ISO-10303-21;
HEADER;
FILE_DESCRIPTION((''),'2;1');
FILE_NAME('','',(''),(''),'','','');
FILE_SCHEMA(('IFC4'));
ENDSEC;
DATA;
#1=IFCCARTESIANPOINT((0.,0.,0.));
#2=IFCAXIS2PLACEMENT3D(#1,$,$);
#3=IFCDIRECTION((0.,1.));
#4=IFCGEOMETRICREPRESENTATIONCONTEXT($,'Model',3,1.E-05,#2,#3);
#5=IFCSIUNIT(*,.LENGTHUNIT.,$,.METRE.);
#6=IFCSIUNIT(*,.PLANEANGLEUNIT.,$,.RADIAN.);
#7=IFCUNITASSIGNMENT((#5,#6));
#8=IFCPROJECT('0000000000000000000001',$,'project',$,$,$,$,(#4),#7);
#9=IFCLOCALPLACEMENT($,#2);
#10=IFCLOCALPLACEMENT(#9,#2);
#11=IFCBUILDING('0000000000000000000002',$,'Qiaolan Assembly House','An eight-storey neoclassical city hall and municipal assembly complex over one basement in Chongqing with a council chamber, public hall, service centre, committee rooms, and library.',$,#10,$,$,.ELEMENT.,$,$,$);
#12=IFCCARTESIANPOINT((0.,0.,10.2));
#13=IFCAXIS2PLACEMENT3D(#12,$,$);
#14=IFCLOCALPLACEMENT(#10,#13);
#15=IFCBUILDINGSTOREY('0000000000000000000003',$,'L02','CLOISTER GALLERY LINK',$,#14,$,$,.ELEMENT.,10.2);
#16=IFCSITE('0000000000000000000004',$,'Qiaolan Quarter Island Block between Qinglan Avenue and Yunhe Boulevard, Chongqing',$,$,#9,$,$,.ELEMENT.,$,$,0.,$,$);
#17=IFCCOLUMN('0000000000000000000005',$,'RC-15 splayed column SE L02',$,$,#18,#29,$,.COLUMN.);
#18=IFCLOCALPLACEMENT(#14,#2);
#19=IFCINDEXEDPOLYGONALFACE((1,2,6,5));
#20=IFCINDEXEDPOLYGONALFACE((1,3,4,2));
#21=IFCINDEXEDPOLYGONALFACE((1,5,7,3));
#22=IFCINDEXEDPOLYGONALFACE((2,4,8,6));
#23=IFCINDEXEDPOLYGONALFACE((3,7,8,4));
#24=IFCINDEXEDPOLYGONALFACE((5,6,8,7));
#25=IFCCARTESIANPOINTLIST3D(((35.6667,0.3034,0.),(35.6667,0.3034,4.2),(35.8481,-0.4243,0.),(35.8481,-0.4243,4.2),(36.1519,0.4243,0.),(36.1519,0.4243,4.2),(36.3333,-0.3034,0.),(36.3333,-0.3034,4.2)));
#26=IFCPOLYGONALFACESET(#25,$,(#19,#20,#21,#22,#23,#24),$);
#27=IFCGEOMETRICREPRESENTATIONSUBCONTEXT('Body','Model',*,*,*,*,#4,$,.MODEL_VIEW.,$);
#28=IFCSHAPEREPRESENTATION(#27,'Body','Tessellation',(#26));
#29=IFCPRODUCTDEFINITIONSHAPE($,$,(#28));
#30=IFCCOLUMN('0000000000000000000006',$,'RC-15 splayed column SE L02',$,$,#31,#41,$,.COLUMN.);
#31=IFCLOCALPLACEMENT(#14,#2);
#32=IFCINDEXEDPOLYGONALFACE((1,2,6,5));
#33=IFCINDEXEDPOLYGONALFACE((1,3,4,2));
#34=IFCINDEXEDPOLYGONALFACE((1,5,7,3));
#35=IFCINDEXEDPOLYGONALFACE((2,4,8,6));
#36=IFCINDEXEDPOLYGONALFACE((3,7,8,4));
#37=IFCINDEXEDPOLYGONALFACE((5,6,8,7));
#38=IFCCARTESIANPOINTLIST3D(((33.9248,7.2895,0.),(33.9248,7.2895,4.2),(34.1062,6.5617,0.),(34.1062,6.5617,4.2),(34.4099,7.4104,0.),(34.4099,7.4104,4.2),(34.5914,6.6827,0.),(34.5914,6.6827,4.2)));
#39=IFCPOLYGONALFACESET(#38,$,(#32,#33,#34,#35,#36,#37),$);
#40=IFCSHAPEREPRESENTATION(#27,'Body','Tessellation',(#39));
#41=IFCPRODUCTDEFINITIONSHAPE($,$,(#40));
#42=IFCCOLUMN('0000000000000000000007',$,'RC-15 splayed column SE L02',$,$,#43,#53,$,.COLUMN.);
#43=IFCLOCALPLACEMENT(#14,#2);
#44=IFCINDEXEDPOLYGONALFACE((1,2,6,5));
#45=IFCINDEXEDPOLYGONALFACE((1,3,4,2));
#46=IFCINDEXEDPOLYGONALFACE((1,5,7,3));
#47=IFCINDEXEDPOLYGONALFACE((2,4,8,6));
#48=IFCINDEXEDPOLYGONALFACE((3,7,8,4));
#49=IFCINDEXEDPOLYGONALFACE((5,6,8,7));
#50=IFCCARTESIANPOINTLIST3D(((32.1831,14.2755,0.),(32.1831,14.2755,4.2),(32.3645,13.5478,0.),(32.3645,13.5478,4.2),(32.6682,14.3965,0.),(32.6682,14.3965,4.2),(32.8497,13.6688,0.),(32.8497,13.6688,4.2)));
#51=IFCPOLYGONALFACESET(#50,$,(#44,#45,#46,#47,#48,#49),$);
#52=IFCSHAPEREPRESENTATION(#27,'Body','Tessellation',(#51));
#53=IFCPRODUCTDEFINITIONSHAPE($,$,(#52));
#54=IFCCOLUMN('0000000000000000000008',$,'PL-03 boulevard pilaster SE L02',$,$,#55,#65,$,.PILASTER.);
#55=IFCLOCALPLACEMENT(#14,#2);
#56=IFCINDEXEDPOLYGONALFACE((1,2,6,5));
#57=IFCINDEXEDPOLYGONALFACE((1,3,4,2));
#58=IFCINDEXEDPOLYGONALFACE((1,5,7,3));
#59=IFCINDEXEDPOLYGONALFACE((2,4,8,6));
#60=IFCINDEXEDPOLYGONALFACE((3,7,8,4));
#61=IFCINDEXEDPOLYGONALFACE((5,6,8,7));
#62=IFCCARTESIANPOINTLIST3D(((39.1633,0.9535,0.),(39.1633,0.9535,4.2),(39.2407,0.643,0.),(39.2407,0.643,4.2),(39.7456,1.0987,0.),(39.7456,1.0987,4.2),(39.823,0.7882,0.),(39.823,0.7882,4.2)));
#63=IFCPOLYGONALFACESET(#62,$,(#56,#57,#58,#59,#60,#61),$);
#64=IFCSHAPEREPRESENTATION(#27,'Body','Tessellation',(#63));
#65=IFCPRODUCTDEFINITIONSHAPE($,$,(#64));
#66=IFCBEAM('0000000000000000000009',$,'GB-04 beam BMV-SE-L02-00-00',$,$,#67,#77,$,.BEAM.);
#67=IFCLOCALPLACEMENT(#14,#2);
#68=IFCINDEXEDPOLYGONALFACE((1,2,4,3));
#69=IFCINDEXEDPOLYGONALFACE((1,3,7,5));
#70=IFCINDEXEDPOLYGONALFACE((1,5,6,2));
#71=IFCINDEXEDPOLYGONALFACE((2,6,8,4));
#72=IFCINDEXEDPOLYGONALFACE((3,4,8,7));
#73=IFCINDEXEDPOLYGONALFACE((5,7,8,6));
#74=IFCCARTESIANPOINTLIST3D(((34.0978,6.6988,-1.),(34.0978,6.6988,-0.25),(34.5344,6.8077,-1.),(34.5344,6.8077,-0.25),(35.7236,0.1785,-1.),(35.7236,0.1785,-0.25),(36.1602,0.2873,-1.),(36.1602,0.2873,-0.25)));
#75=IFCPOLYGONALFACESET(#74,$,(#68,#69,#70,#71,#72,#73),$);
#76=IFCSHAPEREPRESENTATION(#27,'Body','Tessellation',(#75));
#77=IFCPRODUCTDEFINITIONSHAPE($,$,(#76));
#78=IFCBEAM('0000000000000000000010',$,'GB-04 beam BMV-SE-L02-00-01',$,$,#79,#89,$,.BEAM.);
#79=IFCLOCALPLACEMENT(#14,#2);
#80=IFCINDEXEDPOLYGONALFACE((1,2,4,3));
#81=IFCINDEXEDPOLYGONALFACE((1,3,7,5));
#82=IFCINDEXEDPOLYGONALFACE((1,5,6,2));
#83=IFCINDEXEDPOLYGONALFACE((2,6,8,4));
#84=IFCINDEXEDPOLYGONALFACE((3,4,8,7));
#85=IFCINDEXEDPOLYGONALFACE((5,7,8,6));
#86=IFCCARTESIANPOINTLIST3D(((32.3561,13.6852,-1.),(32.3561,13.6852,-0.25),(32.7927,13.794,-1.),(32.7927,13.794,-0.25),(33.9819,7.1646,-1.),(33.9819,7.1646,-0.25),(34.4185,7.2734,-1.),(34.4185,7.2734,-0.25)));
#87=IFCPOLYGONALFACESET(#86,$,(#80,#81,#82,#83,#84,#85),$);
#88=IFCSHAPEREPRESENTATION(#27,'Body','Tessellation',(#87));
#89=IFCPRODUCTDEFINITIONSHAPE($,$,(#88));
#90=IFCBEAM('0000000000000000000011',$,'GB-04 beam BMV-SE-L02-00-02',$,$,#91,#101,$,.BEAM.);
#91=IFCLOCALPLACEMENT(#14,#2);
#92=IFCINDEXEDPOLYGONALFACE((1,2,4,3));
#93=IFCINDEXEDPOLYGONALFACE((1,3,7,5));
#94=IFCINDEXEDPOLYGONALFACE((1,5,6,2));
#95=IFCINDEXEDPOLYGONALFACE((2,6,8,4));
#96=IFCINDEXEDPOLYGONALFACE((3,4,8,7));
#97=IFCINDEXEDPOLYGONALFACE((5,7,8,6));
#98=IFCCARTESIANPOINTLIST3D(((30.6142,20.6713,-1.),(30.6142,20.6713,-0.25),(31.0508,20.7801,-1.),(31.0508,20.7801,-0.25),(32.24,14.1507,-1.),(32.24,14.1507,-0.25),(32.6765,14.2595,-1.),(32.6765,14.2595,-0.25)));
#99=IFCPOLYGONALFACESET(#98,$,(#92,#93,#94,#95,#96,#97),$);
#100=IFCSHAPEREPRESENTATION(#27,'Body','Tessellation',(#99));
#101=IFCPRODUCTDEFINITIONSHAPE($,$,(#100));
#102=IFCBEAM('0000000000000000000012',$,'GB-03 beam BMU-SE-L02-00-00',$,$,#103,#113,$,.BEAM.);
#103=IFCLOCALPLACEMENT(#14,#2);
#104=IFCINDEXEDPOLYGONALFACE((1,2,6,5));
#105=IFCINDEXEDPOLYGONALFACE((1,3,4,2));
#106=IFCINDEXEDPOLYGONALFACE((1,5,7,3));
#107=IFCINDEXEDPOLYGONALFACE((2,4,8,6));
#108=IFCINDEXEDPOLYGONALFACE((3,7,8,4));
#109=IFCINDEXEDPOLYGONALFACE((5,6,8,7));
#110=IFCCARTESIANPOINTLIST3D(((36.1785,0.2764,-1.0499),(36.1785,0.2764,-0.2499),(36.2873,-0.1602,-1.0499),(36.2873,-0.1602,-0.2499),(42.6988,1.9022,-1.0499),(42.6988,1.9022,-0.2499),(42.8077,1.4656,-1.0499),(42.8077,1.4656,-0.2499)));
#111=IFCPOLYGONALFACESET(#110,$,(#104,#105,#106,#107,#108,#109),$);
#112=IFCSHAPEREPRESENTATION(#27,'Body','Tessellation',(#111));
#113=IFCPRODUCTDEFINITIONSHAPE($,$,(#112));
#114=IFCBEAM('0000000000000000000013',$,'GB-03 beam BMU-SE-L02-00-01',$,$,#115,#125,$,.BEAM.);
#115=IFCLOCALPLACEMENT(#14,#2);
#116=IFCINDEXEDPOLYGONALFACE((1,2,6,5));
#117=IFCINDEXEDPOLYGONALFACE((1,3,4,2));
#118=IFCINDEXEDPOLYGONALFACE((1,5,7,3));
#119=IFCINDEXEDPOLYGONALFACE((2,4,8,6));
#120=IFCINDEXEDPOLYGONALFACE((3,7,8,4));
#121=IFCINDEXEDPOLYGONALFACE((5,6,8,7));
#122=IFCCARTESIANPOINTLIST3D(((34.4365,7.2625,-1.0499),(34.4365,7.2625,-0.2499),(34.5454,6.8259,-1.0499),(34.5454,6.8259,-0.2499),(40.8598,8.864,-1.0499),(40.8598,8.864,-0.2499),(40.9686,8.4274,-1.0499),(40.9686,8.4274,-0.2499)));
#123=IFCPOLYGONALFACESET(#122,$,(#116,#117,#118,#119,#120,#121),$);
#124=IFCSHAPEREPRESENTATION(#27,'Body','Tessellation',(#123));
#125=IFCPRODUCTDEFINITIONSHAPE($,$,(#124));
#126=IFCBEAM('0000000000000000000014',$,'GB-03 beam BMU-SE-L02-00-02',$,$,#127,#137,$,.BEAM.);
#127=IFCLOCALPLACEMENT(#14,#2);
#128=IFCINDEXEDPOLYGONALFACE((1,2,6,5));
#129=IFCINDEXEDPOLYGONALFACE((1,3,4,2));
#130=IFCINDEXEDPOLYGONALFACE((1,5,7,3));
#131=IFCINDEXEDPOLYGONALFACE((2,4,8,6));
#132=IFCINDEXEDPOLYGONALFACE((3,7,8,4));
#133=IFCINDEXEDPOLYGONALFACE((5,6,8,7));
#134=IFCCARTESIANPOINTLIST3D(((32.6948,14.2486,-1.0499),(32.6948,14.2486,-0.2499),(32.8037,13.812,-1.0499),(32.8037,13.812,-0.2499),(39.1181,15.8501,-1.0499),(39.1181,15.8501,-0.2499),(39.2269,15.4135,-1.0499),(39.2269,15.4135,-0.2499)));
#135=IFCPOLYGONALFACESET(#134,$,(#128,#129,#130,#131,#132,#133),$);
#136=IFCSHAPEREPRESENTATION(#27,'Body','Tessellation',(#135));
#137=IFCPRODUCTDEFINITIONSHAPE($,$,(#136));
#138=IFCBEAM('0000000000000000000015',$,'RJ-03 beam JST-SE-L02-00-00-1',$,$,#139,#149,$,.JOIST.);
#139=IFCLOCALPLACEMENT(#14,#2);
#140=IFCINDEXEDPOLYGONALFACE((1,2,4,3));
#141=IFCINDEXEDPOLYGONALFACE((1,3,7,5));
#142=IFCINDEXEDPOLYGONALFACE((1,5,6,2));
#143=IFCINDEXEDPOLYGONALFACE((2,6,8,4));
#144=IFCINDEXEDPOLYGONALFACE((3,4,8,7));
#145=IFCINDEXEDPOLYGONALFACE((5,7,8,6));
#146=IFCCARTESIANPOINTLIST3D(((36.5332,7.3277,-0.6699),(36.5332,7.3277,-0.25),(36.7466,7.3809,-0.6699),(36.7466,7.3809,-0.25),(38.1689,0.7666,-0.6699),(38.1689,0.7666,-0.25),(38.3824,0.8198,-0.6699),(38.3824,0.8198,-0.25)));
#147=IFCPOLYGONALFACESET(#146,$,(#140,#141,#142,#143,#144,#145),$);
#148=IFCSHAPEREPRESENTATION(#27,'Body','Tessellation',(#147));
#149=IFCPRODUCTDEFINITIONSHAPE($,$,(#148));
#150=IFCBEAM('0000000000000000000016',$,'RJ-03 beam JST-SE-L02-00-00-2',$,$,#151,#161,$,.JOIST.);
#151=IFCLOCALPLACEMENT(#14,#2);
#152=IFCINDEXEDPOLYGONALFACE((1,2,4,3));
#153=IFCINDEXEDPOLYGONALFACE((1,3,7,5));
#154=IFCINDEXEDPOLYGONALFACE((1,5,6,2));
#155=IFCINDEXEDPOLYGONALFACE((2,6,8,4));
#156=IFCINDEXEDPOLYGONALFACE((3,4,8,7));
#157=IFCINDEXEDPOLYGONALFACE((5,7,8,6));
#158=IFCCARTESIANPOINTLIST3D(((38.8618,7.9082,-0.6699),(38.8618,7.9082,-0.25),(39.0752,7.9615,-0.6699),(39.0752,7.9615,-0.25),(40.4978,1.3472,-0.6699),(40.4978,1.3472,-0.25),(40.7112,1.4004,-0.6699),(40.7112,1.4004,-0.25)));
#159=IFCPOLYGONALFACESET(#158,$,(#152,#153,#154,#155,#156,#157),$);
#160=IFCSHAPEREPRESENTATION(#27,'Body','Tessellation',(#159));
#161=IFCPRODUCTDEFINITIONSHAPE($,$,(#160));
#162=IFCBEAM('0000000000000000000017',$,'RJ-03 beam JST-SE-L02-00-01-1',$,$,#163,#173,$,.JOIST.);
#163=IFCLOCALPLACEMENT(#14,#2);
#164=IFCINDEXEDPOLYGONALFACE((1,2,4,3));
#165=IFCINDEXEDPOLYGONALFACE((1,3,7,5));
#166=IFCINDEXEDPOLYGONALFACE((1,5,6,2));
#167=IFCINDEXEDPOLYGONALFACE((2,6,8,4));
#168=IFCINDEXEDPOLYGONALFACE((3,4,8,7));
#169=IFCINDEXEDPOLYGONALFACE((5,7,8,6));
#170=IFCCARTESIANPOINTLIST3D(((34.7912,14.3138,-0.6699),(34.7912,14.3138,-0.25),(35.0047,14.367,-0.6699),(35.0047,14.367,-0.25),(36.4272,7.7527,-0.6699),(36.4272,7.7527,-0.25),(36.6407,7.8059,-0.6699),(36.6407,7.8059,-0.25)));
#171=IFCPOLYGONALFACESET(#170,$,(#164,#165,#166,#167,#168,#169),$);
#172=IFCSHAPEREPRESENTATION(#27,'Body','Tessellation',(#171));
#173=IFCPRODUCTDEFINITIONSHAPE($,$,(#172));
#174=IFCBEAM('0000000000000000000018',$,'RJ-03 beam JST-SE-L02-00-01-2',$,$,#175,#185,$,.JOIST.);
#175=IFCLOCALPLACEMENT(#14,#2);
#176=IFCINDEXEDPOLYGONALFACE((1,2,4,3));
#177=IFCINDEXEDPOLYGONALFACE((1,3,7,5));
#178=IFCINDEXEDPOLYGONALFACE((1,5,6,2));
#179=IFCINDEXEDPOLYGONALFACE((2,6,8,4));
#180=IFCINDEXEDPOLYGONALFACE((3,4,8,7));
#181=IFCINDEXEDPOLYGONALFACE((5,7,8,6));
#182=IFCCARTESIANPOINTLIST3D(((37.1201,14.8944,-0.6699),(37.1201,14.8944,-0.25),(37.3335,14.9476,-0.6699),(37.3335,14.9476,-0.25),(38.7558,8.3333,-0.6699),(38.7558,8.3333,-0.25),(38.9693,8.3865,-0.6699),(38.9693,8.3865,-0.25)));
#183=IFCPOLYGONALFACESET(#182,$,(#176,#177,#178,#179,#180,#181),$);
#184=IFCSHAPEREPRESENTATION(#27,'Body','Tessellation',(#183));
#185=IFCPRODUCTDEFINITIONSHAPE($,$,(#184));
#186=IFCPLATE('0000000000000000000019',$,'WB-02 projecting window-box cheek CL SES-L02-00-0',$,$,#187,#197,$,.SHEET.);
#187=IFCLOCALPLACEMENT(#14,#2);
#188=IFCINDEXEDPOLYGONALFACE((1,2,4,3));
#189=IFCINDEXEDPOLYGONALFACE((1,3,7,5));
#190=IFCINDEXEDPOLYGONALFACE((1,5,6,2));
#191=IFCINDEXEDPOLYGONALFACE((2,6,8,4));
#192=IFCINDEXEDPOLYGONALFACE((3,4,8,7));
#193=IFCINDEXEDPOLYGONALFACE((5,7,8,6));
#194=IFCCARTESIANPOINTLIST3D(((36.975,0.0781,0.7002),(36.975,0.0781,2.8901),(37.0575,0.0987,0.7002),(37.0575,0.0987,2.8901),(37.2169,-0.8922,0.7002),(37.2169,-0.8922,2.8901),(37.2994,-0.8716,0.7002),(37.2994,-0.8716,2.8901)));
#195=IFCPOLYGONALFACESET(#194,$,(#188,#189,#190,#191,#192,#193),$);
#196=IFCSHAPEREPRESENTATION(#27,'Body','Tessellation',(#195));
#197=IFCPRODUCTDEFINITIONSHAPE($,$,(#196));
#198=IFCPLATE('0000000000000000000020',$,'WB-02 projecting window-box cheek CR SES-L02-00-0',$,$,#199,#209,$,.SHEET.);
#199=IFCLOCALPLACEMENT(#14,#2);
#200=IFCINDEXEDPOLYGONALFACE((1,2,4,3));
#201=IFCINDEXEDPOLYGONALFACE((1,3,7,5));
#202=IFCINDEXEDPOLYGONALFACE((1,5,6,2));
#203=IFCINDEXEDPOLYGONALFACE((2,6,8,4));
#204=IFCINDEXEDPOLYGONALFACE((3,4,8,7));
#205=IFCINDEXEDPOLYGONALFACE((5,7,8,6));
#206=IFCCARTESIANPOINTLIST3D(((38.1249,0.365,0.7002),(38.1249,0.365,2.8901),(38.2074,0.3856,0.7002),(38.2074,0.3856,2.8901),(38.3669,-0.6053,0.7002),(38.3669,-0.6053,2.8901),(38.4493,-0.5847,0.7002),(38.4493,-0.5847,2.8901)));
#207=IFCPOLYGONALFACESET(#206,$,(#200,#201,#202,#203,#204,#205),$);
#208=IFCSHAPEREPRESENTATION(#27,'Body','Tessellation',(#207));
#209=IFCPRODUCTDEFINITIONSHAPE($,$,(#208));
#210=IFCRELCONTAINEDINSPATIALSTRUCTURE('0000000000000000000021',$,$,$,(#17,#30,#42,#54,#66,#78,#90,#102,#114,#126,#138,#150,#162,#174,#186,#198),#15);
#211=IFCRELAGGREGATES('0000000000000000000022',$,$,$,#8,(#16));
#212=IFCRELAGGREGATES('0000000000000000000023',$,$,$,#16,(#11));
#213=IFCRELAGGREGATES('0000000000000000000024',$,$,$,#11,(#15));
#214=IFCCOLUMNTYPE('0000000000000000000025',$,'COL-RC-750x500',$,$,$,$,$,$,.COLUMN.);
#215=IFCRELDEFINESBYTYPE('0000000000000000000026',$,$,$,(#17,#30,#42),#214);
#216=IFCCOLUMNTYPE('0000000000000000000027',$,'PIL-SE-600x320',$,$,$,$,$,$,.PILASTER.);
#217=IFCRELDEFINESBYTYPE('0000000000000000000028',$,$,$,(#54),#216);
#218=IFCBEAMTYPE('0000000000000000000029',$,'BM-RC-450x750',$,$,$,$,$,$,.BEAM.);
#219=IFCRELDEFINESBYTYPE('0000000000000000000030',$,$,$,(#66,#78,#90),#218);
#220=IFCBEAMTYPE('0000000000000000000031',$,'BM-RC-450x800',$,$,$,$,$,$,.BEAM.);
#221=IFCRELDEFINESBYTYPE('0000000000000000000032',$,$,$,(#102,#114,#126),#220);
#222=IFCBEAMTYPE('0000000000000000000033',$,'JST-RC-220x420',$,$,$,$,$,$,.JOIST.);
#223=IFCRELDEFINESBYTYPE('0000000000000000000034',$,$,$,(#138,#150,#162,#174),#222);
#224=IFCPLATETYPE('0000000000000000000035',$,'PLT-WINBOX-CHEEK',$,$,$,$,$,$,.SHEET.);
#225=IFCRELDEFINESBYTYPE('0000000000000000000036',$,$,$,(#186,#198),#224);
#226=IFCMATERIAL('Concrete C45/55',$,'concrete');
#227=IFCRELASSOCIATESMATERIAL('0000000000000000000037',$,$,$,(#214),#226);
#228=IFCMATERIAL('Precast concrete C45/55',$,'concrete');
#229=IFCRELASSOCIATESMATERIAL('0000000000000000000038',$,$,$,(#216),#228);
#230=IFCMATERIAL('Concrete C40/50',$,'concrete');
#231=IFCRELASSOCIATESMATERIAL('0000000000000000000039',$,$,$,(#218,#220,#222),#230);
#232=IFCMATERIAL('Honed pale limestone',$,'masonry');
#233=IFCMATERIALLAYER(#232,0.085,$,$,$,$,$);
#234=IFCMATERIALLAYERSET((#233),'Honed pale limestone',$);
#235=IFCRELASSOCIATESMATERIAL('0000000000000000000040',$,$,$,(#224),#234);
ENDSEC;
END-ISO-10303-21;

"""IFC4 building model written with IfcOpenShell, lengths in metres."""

from ifc_helpers import new_model, si_unit, direction, frame, origin, origin_2d, place, context, subcontext, project, spatial, rectangle, extrude, material, layer, layer_set, material_profile, profile_set, type_object, element, save


model = new_model("IFC4")

# Units and contexts
model_context = context("Model", 3, precision=1e-05, world=origin(), true_north=direction((0.0, 1.0)))
body_context = subcontext(model_context, "Body", "Model", "MODEL_VIEW")
ifc_project = project(units=[si_unit("LENGTHUNIT", "METRE"), si_unit("PLANEANGLEUNIT", "RADIAN")], contexts=[model_context])

# Site, building, storey
site_placement = place(None, origin())
site = spatial("IfcSite", under=ifc_project, at=site_placement, Name="Qiaolan Quarter Island Block between Qinglan Avenue and Yunhe Boulevard, Chongqing", CompositionType="ELEMENT", RefElevation=0.0)
building_placement = place(site_placement, origin())
building = spatial("IfcBuilding", under=site, at=building_placement, Name="Qiaolan Assembly House", Description="An eight-storey neoclassical city hall and municipal assembly complex over one basement in Chongqing with a council chamber, public hall, service centre, committee rooms, and library.", CompositionType="ELEMENT")
storey_placement = place(building_placement, frame((0.0, 0.0, 10.2)))
storey = spatial("IfcBuildingStorey", under=building, at=storey_placement, Name="L02", Description="CLOISTER GALLERY LINK", CompositionType="ELEMENT", Elevation=10.2)

# Columns
ifc_material_1 = material(Name="Concrete C45/55", Category="concrete")
ifc_material_profile_1 = material_profile(ifc_material_1, rectangle(XDim=0.5, YDim=0.75, at=origin_2d()), Name="RC 750x500")
ifc_profile_set_1 = profile_set([ifc_material_profile_1], Name="Concrete C45/55")
column_type_1 = type_object("IfcColumnType", Name="COL-RC-750x500", PredefinedType="COLUMN", material=ifc_profile_set_1)
for number, where, z_axis, x_axis, name in (
    (1, (36.0, 0.0, 0.0), (0.0, 0.0, 1.0), (0.970296, 0.241922, 0.0), "RC-15 splayed column SE L02"),
    (2, (34.2581, 6.9861, 0.0), (0.0, 0.0, 1.0), (0.970296, 0.241922, 0.0), "RC-15 splayed column SE L02"),
    (3, (32.5164, 13.9722, 0.0), (0.0, 0.0, 1.0), (0.970296, 0.241922, 0.0), "RC-15 splayed column SE L02"),
):
    element("IfcColumn", number, at=place(storey_placement, frame(where, z_axis=z_axis, x_axis=x_axis)), inside=storey, type_object=column_type_1, Name=name, PredefinedType="COLUMN", context=body_context, shape_type="SweptSolid", body=[
        extrude(rectangle(XDim=0.5, YDim=0.75, at=origin_2d()), origin(), (0.0, 0.0, 1.0), 4.2),
    ])
ifc_material_2 = material(Name="Precast concrete C45/55", Category="concrete")
ifc_material_profile_2 = material_profile(ifc_material_2, rectangle(XDim=0.6001, YDim=0.3201, at=origin_2d()), Name="PIL 600x320")
ifc_profile_set_2 = profile_set([ifc_material_profile_2], Name="Precast concrete C45/55")
column_type_2 = type_object("IfcColumnType", Name="PIL-SE-600x320", PredefinedType="PILASTER", material=ifc_profile_set_2)
column_placement = place(storey_placement, frame((39.4932, 0.8708, 0.0), z_axis=(0.0, 0.0, 1.0), x_axis=(0.970296, 0.241922, 0.0)))
element("IfcColumn", 4, at=column_placement, inside=storey, type_object=column_type_2, Name="PL-03 boulevard pilaster SE L02", PredefinedType="PILASTER", context=body_context, shape_type="SweptSolid", body=[
    extrude(rectangle(XDim=0.6001, YDim=0.3201, at=origin_2d()), origin(), (0.0, 0.0, 1.0), 4.2),
])

# Beams
ifc_material_3 = material(Name="Concrete C40/50", Category="concrete")
ifc_material_profile_3 = material_profile(ifc_material_3, rectangle(XDim=0.45, YDim=0.75, at=origin_2d()), Name="RCB 450x750")
ifc_profile_set_3 = profile_set([ifc_material_profile_3], Name="Concrete C40/50")
beam_type_1 = type_object("IfcBeamType", Name="BM-RC-450x750", PredefinedType="BEAM", material=ifc_profile_set_3)
beam_1_placement = place(storey_placement, frame((35.9419, 0.2329, -0.625), z_axis=(-0.241929, 0.970294, 0.0), x_axis=(-0.970294, -0.241929, 0.0)))
element("IfcBeam", 5, at=beam_1_placement, inside=storey, type_object=beam_type_1, Name="GB-04 beam BMV-SE-L02-00-00", PredefinedType="BEAM", context=body_context, shape_type="SweptSolid", body=[
    extrude(rectangle(XDim=0.45, YDim=0.75, at=origin_2d()), origin(), (0.0, 0.0, 1.0), 6.72),
])
for number, where, z_axis, x_axis, name in (
    (6, (34.2002, 7.219, -0.625), (-0.24192, 0.970296, 0.0), (-0.970296, -0.24192, 0.0), "GB-04 beam BMV-SE-L02-00-01"),
    (7, (32.4583, 14.2051, -0.625), (-0.24192, 0.970296, 0.0), (-0.970296, -0.24192, 0.0), "GB-04 beam BMV-SE-L02-00-02"),
):
    element("IfcBeam", number, at=place(storey_placement, frame(where, z_axis=z_axis, x_axis=x_axis)), inside=storey, type_object=beam_type_1, Name=name, PredefinedType="BEAM", context=body_context, shape_type="SweptSolid", body=[
        extrude(rectangle(XDim=0.45, YDim=0.75, at=origin_2d()), origin(), (0.0, 0.0, 1.0), 6.7202),
    ])
ifc_material_profile_4 = material_profile(ifc_material_3, rectangle(XDim=0.45, YDim=0.8, at=origin_2d()), Name="RCB 450x800")
ifc_profile_set_4 = profile_set([ifc_material_profile_4], Name="Concrete C40/50")
beam_type_2 = type_object("IfcBeamType", Name="BM-RC-450x800", PredefinedType="BEAM", material=ifc_profile_set_4)
beam_2_placement = place(storey_placement, frame((36.2329, 0.0581, -0.6499), z_axis=(0.970294, 0.241929, 0.0), x_axis=(-0.241929, 0.970294, 0.0)))
element("IfcBeam", 8, at=beam_2_placement, inside=storey, type_object=beam_type_2, Name="GB-03 beam BMU-SE-L02-00-00", PredefinedType="BEAM", context=body_context, shape_type="SweptSolid", body=[
    extrude(rectangle(XDim=0.45, YDim=0.8, at=origin_2d()), origin(), (0.0, 0.0, 1.0), 6.72),
])
for number, where, z_axis, x_axis, name in (
    (9, (34.491, 7.0442, -0.6499), (0.970294, 0.241928, 0.0), (-0.241928, 0.970294, 0.0), "GB-03 beam BMU-SE-L02-00-01"),
    (10, (32.7493, 14.0303, -0.6499), (0.970294, 0.241928, 0.0), (-0.241928, 0.970294, 0.0), "GB-03 beam BMU-SE-L02-00-02"),
):
    element("IfcBeam", number, at=place(storey_placement, frame(where, z_axis=z_axis, x_axis=x_axis)), inside=storey, type_object=beam_type_2, Name=name, PredefinedType="BEAM", context=body_context, shape_type="SweptSolid", body=[
        extrude(rectangle(XDim=0.45, YDim=0.8, at=origin_2d()), origin(), (0.0, 0.0, 1.0), 6.6199),
    ])
ifc_material_profile_5 = material_profile(ifc_material_3, rectangle(XDim=0.22, YDim=0.4199, at=origin_2d()), Name="RCB 220x420")
ifc_profile_set_5 = profile_set([ifc_material_profile_5], Name="Concrete C40/50")
beam_type_3 = type_object("IfcBeamType", Name="JST-RC-220x420", PredefinedType="JOIST", material=ifc_profile_set_5)
for number, where, z_axis, x_axis, name in (
    (11, (38.2756, 0.7932, -0.46), (-0.241907, 0.970299, 0.0), (-0.970299, -0.241907, 0.0), "RJ-03 beam JST-SE-L02-00-00-1"),
    (12, (40.6045, 1.3738, -0.46), (-0.241941, 0.970291, 0.0), (-0.970291, -0.241941, 0.0), "RJ-03 beam JST-SE-L02-00-00-2"),
    (13, (36.5339, 7.7793, -0.46), (-0.241941, 0.970291, 0.0), (-0.970291, -0.241941, 0.0), "RJ-03 beam JST-SE-L02-00-01-1"),
    (14, (38.8625, 8.3599, -0.46), (-0.241907, 0.970299, 0.0), (-0.970299, -0.241907, 0.0), "RJ-03 beam JST-SE-L02-00-01-2"),
):
    element("IfcBeam", number, at=place(storey_placement, frame(where, z_axis=z_axis, x_axis=x_axis)), inside=storey, type_object=beam_type_3, Name=name, PredefinedType="JOIST", context=body_context, shape_type="SweptSolid", body=[
        extrude(rectangle(XDim=0.22, YDim=0.4199, at=origin_2d()), origin(), (0.0, 0.0, 1.0), 6.762),
    ])

# Plates
ifc_material_4 = material(Name="Honed pale limestone", Category="masonry")
ifc_layer_1 = layer(ifc_material_4, 0.085)
ifc_layer_set_1 = layer_set([ifc_layer_1], Name="Honed pale limestone")
plate_type = type_object("IfcPlateType", Name="PLT-WINBOX-CHEEK", PredefinedType="SHEET", material=ifc_layer_set_1)
for number, where, z_axis, x_axis, name in (
    (15, (37.1372, -0.3967, 0.7002), (0.0, 0.0, 1.0), (0.970296, 0.241922, 0.0), "WB-02 projecting window-box cheek CL SES-L02-00-0"),
    (16, (38.2871, -0.1099, 0.7002), (0.0, 0.0, 1.0), (0.970296, 0.241922, 0.0), "WB-02 projecting window-box cheek CR SES-L02-00-0"),
):
    element("IfcPlate", number, at=place(storey_placement, frame(where, z_axis=z_axis, x_axis=x_axis)), inside=storey, type_object=plate_type, Name=name, PredefinedType="SHEET", context=body_context, shape_type="SweptSolid", body=[
        extrude(rectangle(XDim=0.085, YDim=1.0, at=origin_2d()), origin(), (0.0, 0.0, 1.0), 2.1899),
    ])

save(model, "model.ifc")
